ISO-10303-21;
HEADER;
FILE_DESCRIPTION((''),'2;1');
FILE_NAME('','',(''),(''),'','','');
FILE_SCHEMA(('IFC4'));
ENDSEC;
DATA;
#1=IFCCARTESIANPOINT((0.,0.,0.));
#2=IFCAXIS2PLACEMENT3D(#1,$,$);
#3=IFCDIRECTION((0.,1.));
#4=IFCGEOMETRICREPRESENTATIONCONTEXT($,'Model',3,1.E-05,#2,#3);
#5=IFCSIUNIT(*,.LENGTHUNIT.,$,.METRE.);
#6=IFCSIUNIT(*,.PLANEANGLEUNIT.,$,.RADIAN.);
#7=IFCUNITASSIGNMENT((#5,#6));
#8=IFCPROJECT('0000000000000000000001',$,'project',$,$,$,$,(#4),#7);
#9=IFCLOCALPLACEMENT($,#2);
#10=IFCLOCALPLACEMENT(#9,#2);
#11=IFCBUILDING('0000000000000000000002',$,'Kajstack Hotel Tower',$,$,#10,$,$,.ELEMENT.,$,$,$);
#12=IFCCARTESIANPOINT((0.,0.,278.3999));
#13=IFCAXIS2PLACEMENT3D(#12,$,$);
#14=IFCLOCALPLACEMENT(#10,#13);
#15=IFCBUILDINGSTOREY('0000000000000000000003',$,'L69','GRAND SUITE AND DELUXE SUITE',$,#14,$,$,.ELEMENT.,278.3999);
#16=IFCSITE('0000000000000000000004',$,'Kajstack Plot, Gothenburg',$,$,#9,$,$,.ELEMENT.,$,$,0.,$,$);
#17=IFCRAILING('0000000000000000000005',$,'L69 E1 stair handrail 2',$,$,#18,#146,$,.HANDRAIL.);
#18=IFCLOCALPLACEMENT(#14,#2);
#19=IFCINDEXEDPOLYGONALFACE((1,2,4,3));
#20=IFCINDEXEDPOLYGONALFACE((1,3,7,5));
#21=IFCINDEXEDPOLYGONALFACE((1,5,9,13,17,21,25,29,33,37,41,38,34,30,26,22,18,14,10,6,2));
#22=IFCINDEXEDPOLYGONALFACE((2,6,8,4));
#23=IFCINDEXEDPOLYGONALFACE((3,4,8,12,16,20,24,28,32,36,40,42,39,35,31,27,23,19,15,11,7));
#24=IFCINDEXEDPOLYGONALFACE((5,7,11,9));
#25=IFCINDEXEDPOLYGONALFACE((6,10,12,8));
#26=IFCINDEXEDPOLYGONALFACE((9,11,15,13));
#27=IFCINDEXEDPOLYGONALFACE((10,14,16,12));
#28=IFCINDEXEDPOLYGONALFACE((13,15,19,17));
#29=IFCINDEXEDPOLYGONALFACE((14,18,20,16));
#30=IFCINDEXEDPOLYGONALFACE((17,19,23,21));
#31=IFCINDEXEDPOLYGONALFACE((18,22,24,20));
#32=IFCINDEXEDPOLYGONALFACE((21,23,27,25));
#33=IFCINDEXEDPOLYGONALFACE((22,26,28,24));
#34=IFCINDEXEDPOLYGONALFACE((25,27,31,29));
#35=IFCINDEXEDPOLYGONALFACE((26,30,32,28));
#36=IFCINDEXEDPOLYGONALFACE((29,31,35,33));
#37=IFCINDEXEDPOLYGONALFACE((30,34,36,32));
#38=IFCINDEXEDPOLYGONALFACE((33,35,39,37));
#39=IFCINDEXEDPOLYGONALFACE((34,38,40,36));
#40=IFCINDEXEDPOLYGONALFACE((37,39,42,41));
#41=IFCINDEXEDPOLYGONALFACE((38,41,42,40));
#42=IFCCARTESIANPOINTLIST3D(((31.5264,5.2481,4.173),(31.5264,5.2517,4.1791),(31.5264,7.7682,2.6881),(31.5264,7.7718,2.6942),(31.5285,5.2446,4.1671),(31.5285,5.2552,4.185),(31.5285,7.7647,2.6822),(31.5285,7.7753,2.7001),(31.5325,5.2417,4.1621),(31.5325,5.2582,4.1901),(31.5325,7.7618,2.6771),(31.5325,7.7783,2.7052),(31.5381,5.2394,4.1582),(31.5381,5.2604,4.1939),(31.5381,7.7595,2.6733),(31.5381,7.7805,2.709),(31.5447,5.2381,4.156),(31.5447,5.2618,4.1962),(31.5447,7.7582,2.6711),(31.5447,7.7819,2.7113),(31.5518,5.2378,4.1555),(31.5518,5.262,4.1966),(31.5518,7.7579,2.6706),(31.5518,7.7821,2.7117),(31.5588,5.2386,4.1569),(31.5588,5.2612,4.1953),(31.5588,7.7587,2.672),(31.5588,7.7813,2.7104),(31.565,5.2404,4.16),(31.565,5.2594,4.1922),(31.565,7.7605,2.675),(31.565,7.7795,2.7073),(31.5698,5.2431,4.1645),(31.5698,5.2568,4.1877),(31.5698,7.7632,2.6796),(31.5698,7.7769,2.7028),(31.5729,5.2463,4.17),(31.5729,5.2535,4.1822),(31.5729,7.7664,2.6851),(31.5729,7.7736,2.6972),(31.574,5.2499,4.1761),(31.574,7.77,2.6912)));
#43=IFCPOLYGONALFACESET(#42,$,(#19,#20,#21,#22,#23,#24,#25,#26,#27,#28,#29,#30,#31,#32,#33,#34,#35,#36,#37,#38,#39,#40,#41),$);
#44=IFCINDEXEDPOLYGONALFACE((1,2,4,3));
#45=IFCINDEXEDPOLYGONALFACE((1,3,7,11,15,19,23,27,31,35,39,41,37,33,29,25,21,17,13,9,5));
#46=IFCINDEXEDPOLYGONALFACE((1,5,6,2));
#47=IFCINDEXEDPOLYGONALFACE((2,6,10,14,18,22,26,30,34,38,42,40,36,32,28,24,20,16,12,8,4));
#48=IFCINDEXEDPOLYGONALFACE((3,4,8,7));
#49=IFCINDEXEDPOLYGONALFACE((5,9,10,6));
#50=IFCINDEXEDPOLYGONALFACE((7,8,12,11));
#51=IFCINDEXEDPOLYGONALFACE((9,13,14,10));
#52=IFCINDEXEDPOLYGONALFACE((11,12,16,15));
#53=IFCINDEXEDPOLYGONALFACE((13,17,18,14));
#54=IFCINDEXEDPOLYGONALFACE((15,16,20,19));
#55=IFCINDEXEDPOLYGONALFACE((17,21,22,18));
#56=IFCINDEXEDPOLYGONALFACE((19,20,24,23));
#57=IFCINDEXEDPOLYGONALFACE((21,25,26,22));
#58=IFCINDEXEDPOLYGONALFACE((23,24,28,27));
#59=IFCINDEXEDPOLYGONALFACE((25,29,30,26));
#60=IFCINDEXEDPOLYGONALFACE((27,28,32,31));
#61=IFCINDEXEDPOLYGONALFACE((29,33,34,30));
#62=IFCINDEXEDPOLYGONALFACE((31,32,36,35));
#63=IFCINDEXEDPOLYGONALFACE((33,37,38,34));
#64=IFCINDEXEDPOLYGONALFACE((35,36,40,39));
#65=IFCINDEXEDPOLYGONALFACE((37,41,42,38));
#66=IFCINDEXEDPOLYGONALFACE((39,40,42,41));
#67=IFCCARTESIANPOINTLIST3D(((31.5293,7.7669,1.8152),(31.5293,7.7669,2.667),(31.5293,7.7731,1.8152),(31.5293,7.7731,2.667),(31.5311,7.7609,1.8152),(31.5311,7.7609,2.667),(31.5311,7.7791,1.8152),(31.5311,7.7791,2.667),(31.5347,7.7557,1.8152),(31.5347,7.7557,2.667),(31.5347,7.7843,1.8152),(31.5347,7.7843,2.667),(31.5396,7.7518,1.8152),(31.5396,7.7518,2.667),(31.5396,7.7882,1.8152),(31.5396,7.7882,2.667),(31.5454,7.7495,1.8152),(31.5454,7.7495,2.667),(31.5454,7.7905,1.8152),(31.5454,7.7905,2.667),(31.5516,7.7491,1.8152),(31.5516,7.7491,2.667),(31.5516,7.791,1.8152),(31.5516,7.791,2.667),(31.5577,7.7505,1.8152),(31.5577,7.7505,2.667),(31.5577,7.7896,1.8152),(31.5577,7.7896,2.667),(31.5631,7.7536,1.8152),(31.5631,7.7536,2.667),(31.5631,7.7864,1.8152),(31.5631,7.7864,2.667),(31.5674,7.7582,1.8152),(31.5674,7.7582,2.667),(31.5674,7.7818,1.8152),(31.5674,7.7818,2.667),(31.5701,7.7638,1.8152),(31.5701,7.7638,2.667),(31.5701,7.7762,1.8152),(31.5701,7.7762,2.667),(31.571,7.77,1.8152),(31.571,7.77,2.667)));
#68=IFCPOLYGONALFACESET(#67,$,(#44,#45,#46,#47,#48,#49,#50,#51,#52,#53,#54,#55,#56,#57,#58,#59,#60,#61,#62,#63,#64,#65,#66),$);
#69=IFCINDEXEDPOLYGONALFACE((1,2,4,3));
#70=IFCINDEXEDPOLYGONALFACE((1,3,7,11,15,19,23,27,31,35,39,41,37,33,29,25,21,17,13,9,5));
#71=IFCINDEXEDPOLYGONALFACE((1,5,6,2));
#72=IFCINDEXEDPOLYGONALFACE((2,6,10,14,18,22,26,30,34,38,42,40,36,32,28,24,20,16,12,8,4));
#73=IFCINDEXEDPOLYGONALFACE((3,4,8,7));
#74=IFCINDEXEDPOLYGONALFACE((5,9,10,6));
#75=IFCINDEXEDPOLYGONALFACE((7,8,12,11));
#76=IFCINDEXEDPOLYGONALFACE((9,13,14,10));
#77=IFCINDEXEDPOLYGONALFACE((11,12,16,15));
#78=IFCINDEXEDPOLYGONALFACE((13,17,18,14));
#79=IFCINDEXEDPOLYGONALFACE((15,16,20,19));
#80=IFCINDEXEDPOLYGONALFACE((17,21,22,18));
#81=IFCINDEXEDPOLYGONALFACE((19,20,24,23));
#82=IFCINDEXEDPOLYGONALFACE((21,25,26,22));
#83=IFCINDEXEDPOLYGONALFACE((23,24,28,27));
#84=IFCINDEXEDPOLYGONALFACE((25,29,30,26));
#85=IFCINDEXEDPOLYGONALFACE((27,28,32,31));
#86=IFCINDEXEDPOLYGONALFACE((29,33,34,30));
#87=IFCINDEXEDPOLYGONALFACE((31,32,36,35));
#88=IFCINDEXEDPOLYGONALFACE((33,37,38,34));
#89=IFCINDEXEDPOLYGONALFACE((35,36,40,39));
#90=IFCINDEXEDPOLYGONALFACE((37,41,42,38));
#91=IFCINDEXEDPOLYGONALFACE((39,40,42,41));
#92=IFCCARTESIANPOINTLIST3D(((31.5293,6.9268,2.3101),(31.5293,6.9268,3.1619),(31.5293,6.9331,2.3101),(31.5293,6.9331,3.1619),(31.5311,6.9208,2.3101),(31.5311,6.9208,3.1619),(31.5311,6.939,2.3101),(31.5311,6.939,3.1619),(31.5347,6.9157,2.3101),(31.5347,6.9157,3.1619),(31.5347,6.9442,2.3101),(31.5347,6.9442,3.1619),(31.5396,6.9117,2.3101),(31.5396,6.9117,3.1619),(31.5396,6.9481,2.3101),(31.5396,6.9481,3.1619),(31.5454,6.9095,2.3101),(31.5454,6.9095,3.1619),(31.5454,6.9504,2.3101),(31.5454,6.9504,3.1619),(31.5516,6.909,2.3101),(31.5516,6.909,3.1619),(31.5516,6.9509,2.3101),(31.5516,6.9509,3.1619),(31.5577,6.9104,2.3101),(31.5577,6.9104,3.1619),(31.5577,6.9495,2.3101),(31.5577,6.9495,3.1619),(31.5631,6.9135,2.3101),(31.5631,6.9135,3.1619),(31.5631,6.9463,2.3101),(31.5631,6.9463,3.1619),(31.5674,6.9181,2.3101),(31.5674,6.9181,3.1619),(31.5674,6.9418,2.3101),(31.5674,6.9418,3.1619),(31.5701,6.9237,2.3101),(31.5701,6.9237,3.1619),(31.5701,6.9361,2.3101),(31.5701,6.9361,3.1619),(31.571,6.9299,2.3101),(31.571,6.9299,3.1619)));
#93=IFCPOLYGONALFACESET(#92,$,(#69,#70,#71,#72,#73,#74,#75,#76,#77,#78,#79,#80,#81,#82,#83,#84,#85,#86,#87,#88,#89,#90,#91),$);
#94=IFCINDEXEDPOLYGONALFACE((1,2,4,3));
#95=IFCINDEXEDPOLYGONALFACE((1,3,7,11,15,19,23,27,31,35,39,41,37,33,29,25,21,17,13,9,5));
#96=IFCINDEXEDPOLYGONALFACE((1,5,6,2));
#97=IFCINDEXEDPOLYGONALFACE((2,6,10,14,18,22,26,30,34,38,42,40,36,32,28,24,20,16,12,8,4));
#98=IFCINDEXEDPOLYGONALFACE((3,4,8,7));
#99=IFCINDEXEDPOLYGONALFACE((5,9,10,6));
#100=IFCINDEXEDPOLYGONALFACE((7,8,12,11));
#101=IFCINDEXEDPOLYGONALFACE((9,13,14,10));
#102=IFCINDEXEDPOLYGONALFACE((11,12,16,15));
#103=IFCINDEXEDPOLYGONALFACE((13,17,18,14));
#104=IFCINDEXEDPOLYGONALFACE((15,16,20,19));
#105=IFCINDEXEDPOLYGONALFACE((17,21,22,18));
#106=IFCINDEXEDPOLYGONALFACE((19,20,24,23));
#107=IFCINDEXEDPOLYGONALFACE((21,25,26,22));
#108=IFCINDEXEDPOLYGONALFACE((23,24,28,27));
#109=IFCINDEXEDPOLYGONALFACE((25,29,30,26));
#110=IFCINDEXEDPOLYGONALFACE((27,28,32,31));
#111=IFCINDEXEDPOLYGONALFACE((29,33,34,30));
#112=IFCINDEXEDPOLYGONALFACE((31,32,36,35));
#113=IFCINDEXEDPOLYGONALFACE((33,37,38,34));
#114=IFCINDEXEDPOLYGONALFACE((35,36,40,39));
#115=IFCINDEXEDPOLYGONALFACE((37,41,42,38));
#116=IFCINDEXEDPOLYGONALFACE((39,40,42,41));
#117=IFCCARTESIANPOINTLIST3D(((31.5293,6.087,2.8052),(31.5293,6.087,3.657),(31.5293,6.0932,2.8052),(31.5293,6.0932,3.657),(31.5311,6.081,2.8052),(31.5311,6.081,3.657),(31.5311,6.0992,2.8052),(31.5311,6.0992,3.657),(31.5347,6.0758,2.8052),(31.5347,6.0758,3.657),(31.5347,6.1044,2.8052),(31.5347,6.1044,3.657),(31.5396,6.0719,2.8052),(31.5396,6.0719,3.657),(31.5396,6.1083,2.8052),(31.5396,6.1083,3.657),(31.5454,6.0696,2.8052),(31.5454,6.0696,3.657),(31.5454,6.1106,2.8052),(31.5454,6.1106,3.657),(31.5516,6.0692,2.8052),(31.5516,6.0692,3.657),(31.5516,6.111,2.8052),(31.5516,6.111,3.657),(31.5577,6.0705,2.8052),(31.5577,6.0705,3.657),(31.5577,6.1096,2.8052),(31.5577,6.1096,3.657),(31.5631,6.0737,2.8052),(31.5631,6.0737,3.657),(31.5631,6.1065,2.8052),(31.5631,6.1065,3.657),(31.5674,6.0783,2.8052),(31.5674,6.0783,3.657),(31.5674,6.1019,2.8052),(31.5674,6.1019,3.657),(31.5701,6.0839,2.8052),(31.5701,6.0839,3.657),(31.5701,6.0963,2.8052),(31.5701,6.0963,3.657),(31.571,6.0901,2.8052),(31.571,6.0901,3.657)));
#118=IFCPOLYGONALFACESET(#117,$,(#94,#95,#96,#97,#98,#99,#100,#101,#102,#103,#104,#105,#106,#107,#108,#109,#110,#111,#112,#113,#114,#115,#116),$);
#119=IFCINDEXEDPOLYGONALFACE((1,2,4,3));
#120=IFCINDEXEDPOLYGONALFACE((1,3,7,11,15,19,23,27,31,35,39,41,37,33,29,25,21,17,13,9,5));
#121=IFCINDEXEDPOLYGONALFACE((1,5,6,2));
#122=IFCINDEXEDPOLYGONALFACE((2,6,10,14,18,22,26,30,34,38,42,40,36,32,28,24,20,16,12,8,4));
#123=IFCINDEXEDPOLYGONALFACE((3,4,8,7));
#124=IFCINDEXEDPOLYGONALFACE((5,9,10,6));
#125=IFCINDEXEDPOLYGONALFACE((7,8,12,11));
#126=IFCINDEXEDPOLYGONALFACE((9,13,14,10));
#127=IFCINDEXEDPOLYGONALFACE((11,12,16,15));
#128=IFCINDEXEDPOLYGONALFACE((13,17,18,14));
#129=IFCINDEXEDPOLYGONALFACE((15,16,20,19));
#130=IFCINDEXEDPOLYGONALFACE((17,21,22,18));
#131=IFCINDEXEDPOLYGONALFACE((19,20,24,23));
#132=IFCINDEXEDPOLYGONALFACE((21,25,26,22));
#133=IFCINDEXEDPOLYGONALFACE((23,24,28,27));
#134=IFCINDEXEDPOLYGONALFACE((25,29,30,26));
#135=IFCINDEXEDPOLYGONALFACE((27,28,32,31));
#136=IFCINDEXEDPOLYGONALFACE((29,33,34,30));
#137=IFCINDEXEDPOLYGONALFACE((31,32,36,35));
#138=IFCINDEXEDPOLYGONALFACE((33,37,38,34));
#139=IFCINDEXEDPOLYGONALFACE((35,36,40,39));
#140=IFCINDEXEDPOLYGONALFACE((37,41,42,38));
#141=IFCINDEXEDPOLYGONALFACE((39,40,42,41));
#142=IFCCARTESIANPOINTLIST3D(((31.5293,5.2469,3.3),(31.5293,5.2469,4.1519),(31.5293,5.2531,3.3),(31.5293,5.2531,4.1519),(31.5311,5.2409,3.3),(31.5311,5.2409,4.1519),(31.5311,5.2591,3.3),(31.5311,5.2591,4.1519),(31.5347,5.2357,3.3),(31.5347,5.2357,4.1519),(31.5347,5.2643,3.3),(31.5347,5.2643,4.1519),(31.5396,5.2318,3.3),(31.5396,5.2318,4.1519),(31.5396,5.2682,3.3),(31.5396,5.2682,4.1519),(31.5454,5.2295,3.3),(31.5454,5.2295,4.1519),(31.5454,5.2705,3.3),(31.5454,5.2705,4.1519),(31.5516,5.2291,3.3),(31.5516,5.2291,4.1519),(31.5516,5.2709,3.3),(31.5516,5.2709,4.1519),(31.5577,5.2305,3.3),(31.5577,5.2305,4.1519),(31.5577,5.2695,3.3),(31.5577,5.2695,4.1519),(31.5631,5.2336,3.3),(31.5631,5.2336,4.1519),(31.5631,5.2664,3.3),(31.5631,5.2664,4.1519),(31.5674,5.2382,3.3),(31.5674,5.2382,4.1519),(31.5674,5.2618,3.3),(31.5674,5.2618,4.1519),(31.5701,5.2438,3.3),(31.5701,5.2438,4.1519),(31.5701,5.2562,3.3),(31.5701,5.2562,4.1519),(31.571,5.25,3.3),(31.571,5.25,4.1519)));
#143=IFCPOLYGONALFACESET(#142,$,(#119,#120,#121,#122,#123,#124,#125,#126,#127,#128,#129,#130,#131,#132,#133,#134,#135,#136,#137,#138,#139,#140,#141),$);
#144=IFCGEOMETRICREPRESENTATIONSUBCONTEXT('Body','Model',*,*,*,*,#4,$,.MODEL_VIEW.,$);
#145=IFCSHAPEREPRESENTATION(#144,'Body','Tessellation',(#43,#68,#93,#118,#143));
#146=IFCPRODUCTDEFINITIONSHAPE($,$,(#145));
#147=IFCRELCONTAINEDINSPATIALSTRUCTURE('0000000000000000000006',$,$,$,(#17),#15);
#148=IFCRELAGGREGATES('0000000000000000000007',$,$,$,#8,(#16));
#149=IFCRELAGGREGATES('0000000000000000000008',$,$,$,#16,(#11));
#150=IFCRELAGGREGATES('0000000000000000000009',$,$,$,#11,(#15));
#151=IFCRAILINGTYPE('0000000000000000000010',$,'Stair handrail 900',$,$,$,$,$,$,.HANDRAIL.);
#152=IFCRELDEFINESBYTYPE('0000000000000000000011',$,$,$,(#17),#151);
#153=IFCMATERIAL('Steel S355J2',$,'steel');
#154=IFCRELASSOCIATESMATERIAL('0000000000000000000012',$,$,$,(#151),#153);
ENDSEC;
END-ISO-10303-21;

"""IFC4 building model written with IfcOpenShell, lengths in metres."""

from ifc_helpers import new_model, si_unit, direction, frame, origin, origin_2d, place, context, subcontext, project, spatial, circle, extrude, material, type_object, element, save


model = new_model("IFC4")

# Units and contexts
model_context = context("Model", 3, precision=1e-05, world=origin(), true_north=direction((0.0, 1.0)))
body_context = subcontext(model_context, "Body", "Model", "MODEL_VIEW")
ifc_project = project(units=[si_unit("LENGTHUNIT", "METRE"), si_unit("PLANEANGLEUNIT", "RADIAN")], contexts=[model_context])

# Site, building, storey
site_placement = place(None, origin())
site = spatial("IfcSite", under=ifc_project, at=site_placement, Name="Kajstack Plot, Gothenburg", CompositionType="ELEMENT", RefElevation=0.0)
building_placement = place(site_placement, origin())
building = spatial("IfcBuilding", under=site, at=building_placement, Name="Kajstack Hotel Tower", CompositionType="ELEMENT")
storey_placement = place(building_placement, frame((0.0, 0.0, 278.3999)))
storey = spatial("IfcBuildingStorey", under=building, at=storey_placement, Name="L69", Description="GRAND SUITE AND DELUXE SUITE", CompositionType="ELEMENT", Elevation=278.3999)

# Railing
ifc_material_1 = material(Name="Steel S355J2", Category="steel")
railing_type_1 = type_object("IfcRailingType", Name="Stair handrail 900", PredefinedType="HANDRAIL", material=ifc_material_1)
railing_1_placement = place(storey_placement, frame((31.55, 7.77, 1.8152)))
element("IfcRailing", 1, at=railing_1_placement, inside=storey, type_object=railing_type_1, Name="L69 E1 stair handrail 2", PredefinedType="HANDRAIL", context=body_context, shape_type="SweptSolid", body=[
    extrude(circle(Radius=0.0239, at=origin_2d()), frame((0.0, 0.0, 0.876), z_axis=(0.0, -0.861561, 0.507655), x_axis=(1.0, 0.0, 0.0)), (0.0, 0.0, 1.0), 2.925),
    extrude(circle(Radius=0.021, at=origin_2d()), origin(), (0.0, 0.0, 1.0), 0.8518),
    extrude(circle(Radius=0.021, at=origin_2d()), frame((0.0, -0.8401, 0.4949)), (0.0, 0.0, 1.0), 0.8518),
    extrude(circle(Radius=0.021, at=origin_2d()), frame((0.0, -1.6799, 0.99)), (0.0, 0.0, 1.0), 0.8518),
    extrude(circle(Radius=0.021, at=origin_2d()), frame((0.0, -2.52, 1.4849)), (0.0, 0.0, 1.0), 0.8518),
])

save(model, "model.ifc")
